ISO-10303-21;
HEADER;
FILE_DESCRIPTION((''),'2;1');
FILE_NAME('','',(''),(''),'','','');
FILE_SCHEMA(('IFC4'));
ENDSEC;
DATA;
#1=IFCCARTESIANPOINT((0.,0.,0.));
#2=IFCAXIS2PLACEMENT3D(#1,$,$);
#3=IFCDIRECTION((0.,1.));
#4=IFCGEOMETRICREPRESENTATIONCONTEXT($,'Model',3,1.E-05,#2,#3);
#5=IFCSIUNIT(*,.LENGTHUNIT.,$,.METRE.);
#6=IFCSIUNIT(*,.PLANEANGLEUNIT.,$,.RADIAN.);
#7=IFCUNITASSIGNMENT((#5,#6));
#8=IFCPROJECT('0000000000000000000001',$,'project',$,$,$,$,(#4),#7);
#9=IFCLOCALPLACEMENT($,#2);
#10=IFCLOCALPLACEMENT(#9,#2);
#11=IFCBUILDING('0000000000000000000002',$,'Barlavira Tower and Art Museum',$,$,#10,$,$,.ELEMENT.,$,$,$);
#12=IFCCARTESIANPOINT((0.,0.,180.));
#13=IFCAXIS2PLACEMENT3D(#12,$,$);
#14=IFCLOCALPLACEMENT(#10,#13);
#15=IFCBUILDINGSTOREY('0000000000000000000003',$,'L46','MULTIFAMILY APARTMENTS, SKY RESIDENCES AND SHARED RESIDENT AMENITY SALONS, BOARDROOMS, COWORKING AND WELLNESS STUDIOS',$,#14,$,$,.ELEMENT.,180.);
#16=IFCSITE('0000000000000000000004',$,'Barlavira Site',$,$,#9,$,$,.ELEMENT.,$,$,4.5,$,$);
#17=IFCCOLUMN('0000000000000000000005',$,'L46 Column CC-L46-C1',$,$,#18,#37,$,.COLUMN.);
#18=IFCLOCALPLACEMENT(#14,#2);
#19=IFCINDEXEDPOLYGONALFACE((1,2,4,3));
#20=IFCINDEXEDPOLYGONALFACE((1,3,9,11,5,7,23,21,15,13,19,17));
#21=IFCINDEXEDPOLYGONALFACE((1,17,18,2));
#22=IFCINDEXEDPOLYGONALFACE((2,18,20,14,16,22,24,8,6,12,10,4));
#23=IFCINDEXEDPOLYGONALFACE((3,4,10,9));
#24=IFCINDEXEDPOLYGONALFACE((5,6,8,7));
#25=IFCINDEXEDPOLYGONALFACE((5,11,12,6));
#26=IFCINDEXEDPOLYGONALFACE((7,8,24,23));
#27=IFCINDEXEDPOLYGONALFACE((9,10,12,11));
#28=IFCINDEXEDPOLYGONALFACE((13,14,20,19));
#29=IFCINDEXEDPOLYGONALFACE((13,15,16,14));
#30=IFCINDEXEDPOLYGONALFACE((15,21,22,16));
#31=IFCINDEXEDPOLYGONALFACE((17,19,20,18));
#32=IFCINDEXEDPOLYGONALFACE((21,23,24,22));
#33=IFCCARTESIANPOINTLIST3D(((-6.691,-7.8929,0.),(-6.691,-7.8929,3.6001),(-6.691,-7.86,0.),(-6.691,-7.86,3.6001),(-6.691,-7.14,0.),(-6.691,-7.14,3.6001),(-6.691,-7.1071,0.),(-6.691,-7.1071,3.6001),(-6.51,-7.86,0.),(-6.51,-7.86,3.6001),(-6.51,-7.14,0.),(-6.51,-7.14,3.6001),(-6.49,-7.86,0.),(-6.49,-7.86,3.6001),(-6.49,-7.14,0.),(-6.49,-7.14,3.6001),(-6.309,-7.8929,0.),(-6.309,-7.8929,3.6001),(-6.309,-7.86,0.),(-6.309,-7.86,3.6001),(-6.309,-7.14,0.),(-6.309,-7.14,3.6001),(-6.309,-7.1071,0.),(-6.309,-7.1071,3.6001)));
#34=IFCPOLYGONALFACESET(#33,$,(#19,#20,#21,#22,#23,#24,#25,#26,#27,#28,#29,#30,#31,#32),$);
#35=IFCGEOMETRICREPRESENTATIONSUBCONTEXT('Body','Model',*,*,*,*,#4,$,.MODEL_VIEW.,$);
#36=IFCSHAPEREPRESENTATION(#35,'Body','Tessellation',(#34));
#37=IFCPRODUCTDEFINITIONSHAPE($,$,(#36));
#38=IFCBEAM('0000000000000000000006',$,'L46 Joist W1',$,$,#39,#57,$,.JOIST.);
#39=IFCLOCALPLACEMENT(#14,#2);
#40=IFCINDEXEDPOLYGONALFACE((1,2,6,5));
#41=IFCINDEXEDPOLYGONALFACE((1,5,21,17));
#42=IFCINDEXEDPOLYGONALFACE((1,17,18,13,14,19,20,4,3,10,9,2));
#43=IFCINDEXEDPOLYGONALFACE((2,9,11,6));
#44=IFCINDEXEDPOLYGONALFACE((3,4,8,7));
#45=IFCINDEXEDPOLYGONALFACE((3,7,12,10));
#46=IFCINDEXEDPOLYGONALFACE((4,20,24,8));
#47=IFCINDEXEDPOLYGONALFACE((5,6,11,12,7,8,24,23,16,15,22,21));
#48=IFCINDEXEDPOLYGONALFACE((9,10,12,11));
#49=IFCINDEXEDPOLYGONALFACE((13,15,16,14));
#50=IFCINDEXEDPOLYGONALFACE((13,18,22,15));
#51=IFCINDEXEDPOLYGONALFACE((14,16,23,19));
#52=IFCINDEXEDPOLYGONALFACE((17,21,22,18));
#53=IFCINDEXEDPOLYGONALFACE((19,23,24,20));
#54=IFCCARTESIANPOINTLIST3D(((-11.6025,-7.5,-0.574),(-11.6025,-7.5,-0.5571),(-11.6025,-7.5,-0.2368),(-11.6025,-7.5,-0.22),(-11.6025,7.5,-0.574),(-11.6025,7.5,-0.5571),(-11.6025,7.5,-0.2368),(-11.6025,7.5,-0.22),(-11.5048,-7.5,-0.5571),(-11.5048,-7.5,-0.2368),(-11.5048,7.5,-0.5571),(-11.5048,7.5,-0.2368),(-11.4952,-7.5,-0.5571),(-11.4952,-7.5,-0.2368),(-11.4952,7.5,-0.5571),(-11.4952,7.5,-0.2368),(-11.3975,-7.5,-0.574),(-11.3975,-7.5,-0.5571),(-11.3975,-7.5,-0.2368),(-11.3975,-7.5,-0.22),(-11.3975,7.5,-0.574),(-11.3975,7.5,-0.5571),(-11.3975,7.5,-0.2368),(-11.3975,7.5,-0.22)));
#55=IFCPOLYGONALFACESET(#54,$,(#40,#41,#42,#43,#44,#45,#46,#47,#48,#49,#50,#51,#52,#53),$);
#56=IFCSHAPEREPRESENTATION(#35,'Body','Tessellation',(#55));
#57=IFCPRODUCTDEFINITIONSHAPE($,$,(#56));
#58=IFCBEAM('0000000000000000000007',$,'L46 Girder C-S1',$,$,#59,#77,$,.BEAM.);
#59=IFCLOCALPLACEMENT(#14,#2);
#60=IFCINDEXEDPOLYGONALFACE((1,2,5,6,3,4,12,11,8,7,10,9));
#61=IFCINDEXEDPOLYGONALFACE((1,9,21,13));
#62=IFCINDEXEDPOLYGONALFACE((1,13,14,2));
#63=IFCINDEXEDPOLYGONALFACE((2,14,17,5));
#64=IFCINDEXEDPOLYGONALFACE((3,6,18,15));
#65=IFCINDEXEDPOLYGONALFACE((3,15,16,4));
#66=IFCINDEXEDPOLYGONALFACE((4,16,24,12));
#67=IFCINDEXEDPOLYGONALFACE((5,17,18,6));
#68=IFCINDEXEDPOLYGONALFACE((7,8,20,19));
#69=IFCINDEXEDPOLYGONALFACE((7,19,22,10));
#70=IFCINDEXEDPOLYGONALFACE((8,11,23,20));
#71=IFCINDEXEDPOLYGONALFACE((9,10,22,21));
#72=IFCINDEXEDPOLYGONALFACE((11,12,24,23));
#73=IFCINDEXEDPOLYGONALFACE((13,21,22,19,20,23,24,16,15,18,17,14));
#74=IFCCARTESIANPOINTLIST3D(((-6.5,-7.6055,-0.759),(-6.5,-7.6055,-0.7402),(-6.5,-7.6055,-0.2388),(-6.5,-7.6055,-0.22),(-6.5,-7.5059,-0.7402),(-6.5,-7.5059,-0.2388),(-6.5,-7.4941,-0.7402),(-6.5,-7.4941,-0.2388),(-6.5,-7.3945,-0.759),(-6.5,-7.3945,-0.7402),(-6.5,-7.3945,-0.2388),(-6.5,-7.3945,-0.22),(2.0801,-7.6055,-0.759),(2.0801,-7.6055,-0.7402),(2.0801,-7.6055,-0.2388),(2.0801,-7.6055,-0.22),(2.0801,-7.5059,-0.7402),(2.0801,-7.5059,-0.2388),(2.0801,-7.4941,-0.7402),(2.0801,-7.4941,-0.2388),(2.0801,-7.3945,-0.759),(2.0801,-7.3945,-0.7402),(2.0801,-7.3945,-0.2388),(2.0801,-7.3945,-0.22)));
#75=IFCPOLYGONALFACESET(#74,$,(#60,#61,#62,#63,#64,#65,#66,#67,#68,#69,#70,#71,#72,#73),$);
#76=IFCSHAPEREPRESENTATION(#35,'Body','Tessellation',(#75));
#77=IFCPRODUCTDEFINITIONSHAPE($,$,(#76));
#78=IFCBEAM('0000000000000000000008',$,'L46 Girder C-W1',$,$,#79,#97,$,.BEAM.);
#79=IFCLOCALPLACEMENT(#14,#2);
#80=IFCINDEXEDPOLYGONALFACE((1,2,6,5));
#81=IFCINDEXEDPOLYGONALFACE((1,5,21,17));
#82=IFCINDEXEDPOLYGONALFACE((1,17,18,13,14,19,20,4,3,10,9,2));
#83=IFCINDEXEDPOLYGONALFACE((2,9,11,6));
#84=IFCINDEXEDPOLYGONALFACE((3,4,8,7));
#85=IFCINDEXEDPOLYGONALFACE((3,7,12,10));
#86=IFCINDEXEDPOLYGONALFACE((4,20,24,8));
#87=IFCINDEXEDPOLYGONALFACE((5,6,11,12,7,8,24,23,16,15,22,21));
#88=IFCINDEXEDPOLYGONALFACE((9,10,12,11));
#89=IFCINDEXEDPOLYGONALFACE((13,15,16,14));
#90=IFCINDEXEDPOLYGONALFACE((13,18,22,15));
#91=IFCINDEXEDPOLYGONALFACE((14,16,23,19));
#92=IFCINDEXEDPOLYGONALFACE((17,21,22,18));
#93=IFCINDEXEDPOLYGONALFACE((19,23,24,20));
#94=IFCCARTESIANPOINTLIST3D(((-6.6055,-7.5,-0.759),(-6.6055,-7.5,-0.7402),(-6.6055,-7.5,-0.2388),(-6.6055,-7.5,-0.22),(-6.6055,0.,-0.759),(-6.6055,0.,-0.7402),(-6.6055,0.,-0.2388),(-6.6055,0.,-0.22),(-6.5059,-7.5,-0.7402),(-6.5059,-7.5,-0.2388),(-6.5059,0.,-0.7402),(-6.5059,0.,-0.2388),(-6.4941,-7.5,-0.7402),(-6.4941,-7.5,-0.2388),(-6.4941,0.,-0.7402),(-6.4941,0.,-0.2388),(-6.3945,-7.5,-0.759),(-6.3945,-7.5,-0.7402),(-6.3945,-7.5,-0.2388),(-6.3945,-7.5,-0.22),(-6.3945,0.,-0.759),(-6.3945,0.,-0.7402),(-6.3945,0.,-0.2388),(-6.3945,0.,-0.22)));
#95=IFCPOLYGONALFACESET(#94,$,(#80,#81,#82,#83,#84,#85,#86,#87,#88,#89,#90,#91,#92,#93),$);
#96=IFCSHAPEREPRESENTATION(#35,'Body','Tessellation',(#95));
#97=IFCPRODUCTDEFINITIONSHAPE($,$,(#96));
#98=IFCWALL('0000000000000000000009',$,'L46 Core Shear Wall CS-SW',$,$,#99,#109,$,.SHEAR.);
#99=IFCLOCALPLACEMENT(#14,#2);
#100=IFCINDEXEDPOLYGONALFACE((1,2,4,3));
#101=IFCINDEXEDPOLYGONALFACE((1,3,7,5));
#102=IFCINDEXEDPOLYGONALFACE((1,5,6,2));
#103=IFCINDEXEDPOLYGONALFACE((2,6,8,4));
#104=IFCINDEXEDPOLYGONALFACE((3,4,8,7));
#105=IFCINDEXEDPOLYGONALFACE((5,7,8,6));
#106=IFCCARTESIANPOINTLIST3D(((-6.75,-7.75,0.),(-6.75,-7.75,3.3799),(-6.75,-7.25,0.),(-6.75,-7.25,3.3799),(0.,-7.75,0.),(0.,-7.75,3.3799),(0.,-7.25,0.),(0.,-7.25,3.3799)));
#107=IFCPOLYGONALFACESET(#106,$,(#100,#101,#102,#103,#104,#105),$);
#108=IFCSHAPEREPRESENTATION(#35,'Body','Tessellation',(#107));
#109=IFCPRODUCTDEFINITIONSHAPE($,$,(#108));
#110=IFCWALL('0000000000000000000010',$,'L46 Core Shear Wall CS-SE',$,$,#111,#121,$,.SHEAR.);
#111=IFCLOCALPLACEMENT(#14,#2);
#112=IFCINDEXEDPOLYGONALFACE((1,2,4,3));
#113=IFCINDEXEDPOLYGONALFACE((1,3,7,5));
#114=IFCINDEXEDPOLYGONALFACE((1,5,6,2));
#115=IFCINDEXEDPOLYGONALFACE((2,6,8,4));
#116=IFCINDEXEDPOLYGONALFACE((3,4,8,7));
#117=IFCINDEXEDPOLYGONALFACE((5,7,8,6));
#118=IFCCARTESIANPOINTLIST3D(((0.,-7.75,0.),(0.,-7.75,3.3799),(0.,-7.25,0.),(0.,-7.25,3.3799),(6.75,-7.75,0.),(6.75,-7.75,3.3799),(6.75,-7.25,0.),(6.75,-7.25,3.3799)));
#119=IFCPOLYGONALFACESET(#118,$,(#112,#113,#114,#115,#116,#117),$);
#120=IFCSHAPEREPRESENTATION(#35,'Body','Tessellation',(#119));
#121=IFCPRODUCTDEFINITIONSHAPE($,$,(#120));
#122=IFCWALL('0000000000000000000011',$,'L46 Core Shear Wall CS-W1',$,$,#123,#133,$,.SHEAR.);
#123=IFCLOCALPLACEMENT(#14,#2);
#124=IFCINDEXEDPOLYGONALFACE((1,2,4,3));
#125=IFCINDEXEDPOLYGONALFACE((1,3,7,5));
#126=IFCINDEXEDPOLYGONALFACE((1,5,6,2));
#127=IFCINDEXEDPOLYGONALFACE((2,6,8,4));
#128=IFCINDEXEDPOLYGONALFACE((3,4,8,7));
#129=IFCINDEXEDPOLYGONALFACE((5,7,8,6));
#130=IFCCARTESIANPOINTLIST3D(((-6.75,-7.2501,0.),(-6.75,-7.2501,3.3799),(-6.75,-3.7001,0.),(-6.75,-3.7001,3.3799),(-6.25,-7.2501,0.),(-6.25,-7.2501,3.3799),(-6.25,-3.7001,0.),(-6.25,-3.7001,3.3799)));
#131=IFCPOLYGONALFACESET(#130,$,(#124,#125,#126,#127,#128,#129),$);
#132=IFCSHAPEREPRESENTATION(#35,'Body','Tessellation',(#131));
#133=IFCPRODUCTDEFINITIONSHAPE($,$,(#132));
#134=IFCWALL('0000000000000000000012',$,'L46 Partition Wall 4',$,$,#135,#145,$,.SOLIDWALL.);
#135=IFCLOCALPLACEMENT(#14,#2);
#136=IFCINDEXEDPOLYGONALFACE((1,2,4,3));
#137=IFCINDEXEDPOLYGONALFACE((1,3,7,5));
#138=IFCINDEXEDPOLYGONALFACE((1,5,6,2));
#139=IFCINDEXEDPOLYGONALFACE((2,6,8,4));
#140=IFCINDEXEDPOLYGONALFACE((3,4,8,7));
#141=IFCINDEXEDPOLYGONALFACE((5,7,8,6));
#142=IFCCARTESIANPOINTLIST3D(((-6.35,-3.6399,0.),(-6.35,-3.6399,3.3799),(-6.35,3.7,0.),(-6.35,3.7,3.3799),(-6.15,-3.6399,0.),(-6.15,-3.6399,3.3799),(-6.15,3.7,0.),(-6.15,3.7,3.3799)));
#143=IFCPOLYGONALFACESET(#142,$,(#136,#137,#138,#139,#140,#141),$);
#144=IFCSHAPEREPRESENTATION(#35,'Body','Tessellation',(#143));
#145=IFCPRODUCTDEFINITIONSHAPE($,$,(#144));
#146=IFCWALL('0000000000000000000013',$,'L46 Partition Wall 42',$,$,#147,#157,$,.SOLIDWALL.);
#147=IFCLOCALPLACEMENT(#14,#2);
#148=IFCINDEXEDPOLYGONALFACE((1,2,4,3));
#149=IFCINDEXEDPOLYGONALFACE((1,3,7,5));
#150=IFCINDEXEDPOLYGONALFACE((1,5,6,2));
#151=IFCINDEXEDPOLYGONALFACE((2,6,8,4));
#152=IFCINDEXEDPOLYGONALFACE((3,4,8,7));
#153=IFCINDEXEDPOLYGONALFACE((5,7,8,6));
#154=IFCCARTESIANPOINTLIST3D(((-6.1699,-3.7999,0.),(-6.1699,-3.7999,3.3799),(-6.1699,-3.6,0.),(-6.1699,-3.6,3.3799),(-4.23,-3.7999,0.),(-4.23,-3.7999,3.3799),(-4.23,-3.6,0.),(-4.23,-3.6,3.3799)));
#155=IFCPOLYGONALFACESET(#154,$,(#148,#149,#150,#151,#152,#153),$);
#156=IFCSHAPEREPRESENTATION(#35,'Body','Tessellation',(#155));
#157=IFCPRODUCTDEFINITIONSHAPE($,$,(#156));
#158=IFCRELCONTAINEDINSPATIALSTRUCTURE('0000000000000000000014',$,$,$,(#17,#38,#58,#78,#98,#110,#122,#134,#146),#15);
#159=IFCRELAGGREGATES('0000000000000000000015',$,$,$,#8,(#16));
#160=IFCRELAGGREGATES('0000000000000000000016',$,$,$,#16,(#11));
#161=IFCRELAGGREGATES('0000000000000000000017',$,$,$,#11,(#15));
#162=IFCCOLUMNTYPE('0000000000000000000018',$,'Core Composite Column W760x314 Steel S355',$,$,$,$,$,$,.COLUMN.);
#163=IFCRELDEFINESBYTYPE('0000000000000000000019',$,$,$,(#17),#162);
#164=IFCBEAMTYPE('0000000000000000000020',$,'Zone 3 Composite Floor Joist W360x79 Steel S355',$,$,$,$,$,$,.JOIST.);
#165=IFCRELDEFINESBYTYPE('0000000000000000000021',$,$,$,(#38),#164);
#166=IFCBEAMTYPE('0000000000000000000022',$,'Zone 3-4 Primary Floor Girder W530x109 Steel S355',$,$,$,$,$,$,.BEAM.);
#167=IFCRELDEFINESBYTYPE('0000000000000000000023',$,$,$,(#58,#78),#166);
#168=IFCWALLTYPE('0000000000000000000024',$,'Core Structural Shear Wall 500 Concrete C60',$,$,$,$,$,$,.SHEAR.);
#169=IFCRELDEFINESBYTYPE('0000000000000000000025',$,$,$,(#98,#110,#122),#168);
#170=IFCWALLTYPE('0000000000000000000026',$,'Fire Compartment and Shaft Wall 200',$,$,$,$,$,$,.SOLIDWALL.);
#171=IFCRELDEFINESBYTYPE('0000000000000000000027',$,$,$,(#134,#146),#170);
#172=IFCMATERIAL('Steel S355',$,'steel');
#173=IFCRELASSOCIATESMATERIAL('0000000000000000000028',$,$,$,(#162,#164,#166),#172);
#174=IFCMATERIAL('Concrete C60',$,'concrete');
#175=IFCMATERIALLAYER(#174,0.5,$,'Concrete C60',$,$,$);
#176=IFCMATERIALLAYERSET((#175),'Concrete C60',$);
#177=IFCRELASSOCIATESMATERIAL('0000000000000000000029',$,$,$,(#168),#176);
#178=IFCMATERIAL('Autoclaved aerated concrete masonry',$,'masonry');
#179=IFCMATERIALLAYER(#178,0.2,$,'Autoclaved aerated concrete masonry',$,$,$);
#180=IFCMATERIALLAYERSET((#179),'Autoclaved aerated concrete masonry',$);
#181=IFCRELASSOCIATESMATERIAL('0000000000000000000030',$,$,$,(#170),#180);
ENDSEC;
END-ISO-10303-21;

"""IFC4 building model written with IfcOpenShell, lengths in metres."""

from ifc_helpers import new_model, si_unit, direction, frame, frame_2d, origin, origin_2d, place, context, subcontext, project, spatial, rectangle, i_section, extrude, material, layer, layer_set, material_profile, profile_set, type_object, element, save


model = new_model("IFC4")

# Units and contexts
model_context = context("Model", 3, precision=1e-05, world=origin(), true_north=direction((0.0, 1.0)))
body_context = subcontext(model_context, "Body", "Model", "MODEL_VIEW")
ifc_project = project(units=[si_unit("LENGTHUNIT", "METRE"), si_unit("PLANEANGLEUNIT", "RADIAN")], contexts=[model_context])

# Site, building, storey
site_placement = place(None, origin())
site = spatial("IfcSite", under=ifc_project, at=site_placement, Name="Barlavira Site", CompositionType="ELEMENT", RefElevation=4.5)
building_placement = place(site_placement, origin())
building = spatial("IfcBuilding", under=site, at=building_placement, Name="Barlavira Tower and Art Museum", CompositionType="ELEMENT")
storey_placement = place(building_placement, frame((0.0, 0.0, 180.0)))
storey = spatial("IfcBuildingStorey", under=building, at=storey_placement, Name="L46", Description="MULTIFAMILY APARTMENTS, SKY RESIDENCES AND SHARED RESIDENT AMENITY SALONS, BOARDROOMS, COWORKING AND WELLNESS STUDIOS", CompositionType="ELEMENT", Elevation=180.0)

# Column
ifc_material_1 = material(Name="Steel S355", Category="steel")
ifc_material_profile_1 = material_profile(ifc_material_1, i_section(OverallWidth=0.3821, OverallDepth=0.7859, WebThickness=0.02, FlangeThickness=0.033, at=origin_2d()), Name="W760x314.0")
ifc_profile_set_1 = profile_set([ifc_material_profile_1], Name="Steel S355")
column_type = type_object("IfcColumnType", Name="Core Composite Column W760x314 Steel S355", PredefinedType="COLUMN", material=ifc_profile_set_1)
column_placement = place(storey_placement, frame((-6.5, -7.5, 0.0), z_axis=(0.0, 0.0, 1.0), x_axis=(1.0, 0.0, 0.0)))
element("IfcColumn", 1, at=column_placement, inside=storey, type_object=column_type, Name="L46 Column CC-L46-C1", PredefinedType="COLUMN", context=body_context, shape_type="SweptSolid", body=[
    extrude(i_section(OverallWidth=0.3821, OverallDepth=0.7859, WebThickness=0.02, FlangeThickness=0.033, at=origin_2d()), origin(), (0.0, 0.0, 1.0), 3.6001),
])

# Beams
ifc_material_profile_2 = material_profile(ifc_material_1, i_section(OverallWidth=0.2051, OverallDepth=0.354, WebThickness=0.0095, FlangeThickness=0.0168, at=origin_2d()), Name="W360x79.0")
ifc_profile_set_2 = profile_set([ifc_material_profile_2], Name="Steel S355")
beam_type_1 = type_object("IfcBeamType", Name="Zone 3 Composite Floor Joist W360x79 Steel S355", PredefinedType="JOIST", material=ifc_profile_set_2)
beam_1_placement = place(storey_placement, frame((-11.5, -7.5, -0.397), z_axis=(0.0, 1.0, 0.0), x_axis=(-1.0, 0.0, 0.0)))
element("IfcBeam", 2, at=beam_1_placement, inside=storey, type_object=beam_type_1, Name="L46 Joist W1", PredefinedType="JOIST", context=body_context, shape_type="SweptSolid", body=[
    extrude(i_section(OverallWidth=0.2051, OverallDepth=0.354, WebThickness=0.0095, FlangeThickness=0.0168, at=origin_2d()), origin(), (0.0, 0.0, 1.0), 15.0),
])
ifc_material_profile_3 = material_profile(ifc_material_1, i_section(OverallWidth=0.2109, OverallDepth=0.5391, WebThickness=0.0117, FlangeThickness=0.0188, at=origin_2d()), Name="W530x109.0")
ifc_profile_set_3 = profile_set([ifc_material_profile_3], Name="Steel S355")
beam_type_2 = type_object("IfcBeamType", Name="Zone 3-4 Primary Floor Girder W530x109 Steel S355", PredefinedType="BEAM", material=ifc_profile_set_3)
beam_2_placement = place(storey_placement, frame((-6.5, -7.5, -0.4895), z_axis=(1.0, 0.0, 0.0), x_axis=(0.0, 1.0, 0.0)))
element("IfcBeam", 3, at=beam_2_placement, inside=storey, type_object=beam_type_2, Name="L46 Girder C-S1", PredefinedType="BEAM", context=body_context, shape_type="SweptSolid", body=[
    extrude(i_section(OverallWidth=0.2109, OverallDepth=0.5391, WebThickness=0.0117, FlangeThickness=0.0188, at=origin_2d()), origin(), (0.0, 0.0, 1.0), 8.5801),
])
beam_3_placement = place(storey_placement, frame((-6.5, -7.5, -0.4895), z_axis=(0.0, 1.0, 0.0), x_axis=(-1.0, 0.0, 0.0)))
element("IfcBeam", 4, at=beam_3_placement, inside=storey, type_object=beam_type_2, Name="L46 Girder C-W1", PredefinedType="BEAM", context=body_context, shape_type="SweptSolid", body=[
    extrude(i_section(OverallWidth=0.2109, OverallDepth=0.5391, WebThickness=0.0117, FlangeThickness=0.0188, at=origin_2d()), origin(), (0.0, 0.0, 1.0), 7.5),
])

# Walls
ifc_material_2 = material(Name="Concrete C60", Category="concrete")
ifc_layer_1 = layer(ifc_material_2, 0.5, Name="Concrete C60")
ifc_layer_set_1 = layer_set([ifc_layer_1], Name="Concrete C60")
wall_type_1 = type_object("IfcWallType", Name="Core Structural Shear Wall 500 Concrete C60", PredefinedType="SHEAR", material=ifc_layer_set_1)
for number, where, z_axis, x_axis, name in (
    (5, (-6.75, -7.5, 0.0), (0.0, 0.0, 1.0), (1.0, 0.0, 0.0), "L46 Core Shear Wall CS-SW"),
    (6, (0.0, -7.5, 0.0), (0.0, 0.0, 1.0), (1.0, 0.0, 0.0), "L46 Core Shear Wall CS-SE"),
):
    element("IfcWall", number, at=place(storey_placement, frame(where, z_axis=z_axis, x_axis=x_axis)), inside=storey, type_object=wall_type_1, Name=name, PredefinedType="SHEAR", context=body_context, shape_type="SweptSolid", body=[
        extrude(rectangle(XDim=6.75, YDim=0.5, at=frame_2d((3.375, 0.0))), origin(), (0.0, 0.0, 1.0), 3.3799),
    ])
wall_1_placement = place(storey_placement, frame((-6.5, -7.25, 0.0), z_axis=(0.0, 0.0, 1.0), x_axis=(0.0, 1.0, 0.0)))
element("IfcWall", 7, at=wall_1_placement, inside=storey, type_object=wall_type_1, Name="L46 Core Shear Wall CS-W1", PredefinedType="SHEAR", context=body_context, shape_type="SweptSolid", body=[
    extrude(rectangle(XDim=3.55, YDim=0.5, at=frame_2d((1.7749, 0.0))), origin(), (0.0, 0.0, 1.0), 3.3799),
])
ifc_material_3 = material(Name="Autoclaved aerated concrete masonry", Category="masonry")
ifc_layer_2 = layer(ifc_material_3, 0.2, Name="Autoclaved aerated concrete masonry")
ifc_layer_set_2 = layer_set([ifc_layer_2], Name="Autoclaved aerated concrete masonry")
wall_type_2 = type_object("IfcWallType", Name="Fire Compartment and Shaft Wall 200", PredefinedType="SOLIDWALL", material=ifc_layer_set_2)
wall_2_placement = place(storey_placement, frame((-6.25, -3.6399, 0.0), z_axis=(0.0, 0.0, 1.0), x_axis=(0.0, 1.0, 0.0)))
element("IfcWall", 8, at=wall_2_placement, inside=storey, type_object=wall_type_2, Name="L46 Partition Wall 4", PredefinedType="SOLIDWALL", context=body_context, shape_type="SweptSolid", body=[
    extrude(rectangle(XDim=7.3398, YDim=0.2, at=frame_2d((3.6699, 0.0))), origin(), (0.0, 0.0, 1.0), 3.3799),
])

# Wall
wall_3_placement = place(storey_placement, frame((-6.1699, -3.7, 0.0), z_axis=(0.0, 0.0, 1.0), x_axis=(1.0, 0.0, 0.0)))
element("IfcWall", 9, at=wall_3_placement, inside=storey, type_object=wall_type_2, Name="L46 Partition Wall 42", PredefinedType="SOLIDWALL", context=body_context, shape_type="SweptSolid", body=[
    extrude(rectangle(XDim=1.9399, YDim=0.2, at=frame_2d((0.97, 0.0))), origin(), (0.0, 0.0, 1.0), 3.3799),
])

save(model, "model.ifc")
